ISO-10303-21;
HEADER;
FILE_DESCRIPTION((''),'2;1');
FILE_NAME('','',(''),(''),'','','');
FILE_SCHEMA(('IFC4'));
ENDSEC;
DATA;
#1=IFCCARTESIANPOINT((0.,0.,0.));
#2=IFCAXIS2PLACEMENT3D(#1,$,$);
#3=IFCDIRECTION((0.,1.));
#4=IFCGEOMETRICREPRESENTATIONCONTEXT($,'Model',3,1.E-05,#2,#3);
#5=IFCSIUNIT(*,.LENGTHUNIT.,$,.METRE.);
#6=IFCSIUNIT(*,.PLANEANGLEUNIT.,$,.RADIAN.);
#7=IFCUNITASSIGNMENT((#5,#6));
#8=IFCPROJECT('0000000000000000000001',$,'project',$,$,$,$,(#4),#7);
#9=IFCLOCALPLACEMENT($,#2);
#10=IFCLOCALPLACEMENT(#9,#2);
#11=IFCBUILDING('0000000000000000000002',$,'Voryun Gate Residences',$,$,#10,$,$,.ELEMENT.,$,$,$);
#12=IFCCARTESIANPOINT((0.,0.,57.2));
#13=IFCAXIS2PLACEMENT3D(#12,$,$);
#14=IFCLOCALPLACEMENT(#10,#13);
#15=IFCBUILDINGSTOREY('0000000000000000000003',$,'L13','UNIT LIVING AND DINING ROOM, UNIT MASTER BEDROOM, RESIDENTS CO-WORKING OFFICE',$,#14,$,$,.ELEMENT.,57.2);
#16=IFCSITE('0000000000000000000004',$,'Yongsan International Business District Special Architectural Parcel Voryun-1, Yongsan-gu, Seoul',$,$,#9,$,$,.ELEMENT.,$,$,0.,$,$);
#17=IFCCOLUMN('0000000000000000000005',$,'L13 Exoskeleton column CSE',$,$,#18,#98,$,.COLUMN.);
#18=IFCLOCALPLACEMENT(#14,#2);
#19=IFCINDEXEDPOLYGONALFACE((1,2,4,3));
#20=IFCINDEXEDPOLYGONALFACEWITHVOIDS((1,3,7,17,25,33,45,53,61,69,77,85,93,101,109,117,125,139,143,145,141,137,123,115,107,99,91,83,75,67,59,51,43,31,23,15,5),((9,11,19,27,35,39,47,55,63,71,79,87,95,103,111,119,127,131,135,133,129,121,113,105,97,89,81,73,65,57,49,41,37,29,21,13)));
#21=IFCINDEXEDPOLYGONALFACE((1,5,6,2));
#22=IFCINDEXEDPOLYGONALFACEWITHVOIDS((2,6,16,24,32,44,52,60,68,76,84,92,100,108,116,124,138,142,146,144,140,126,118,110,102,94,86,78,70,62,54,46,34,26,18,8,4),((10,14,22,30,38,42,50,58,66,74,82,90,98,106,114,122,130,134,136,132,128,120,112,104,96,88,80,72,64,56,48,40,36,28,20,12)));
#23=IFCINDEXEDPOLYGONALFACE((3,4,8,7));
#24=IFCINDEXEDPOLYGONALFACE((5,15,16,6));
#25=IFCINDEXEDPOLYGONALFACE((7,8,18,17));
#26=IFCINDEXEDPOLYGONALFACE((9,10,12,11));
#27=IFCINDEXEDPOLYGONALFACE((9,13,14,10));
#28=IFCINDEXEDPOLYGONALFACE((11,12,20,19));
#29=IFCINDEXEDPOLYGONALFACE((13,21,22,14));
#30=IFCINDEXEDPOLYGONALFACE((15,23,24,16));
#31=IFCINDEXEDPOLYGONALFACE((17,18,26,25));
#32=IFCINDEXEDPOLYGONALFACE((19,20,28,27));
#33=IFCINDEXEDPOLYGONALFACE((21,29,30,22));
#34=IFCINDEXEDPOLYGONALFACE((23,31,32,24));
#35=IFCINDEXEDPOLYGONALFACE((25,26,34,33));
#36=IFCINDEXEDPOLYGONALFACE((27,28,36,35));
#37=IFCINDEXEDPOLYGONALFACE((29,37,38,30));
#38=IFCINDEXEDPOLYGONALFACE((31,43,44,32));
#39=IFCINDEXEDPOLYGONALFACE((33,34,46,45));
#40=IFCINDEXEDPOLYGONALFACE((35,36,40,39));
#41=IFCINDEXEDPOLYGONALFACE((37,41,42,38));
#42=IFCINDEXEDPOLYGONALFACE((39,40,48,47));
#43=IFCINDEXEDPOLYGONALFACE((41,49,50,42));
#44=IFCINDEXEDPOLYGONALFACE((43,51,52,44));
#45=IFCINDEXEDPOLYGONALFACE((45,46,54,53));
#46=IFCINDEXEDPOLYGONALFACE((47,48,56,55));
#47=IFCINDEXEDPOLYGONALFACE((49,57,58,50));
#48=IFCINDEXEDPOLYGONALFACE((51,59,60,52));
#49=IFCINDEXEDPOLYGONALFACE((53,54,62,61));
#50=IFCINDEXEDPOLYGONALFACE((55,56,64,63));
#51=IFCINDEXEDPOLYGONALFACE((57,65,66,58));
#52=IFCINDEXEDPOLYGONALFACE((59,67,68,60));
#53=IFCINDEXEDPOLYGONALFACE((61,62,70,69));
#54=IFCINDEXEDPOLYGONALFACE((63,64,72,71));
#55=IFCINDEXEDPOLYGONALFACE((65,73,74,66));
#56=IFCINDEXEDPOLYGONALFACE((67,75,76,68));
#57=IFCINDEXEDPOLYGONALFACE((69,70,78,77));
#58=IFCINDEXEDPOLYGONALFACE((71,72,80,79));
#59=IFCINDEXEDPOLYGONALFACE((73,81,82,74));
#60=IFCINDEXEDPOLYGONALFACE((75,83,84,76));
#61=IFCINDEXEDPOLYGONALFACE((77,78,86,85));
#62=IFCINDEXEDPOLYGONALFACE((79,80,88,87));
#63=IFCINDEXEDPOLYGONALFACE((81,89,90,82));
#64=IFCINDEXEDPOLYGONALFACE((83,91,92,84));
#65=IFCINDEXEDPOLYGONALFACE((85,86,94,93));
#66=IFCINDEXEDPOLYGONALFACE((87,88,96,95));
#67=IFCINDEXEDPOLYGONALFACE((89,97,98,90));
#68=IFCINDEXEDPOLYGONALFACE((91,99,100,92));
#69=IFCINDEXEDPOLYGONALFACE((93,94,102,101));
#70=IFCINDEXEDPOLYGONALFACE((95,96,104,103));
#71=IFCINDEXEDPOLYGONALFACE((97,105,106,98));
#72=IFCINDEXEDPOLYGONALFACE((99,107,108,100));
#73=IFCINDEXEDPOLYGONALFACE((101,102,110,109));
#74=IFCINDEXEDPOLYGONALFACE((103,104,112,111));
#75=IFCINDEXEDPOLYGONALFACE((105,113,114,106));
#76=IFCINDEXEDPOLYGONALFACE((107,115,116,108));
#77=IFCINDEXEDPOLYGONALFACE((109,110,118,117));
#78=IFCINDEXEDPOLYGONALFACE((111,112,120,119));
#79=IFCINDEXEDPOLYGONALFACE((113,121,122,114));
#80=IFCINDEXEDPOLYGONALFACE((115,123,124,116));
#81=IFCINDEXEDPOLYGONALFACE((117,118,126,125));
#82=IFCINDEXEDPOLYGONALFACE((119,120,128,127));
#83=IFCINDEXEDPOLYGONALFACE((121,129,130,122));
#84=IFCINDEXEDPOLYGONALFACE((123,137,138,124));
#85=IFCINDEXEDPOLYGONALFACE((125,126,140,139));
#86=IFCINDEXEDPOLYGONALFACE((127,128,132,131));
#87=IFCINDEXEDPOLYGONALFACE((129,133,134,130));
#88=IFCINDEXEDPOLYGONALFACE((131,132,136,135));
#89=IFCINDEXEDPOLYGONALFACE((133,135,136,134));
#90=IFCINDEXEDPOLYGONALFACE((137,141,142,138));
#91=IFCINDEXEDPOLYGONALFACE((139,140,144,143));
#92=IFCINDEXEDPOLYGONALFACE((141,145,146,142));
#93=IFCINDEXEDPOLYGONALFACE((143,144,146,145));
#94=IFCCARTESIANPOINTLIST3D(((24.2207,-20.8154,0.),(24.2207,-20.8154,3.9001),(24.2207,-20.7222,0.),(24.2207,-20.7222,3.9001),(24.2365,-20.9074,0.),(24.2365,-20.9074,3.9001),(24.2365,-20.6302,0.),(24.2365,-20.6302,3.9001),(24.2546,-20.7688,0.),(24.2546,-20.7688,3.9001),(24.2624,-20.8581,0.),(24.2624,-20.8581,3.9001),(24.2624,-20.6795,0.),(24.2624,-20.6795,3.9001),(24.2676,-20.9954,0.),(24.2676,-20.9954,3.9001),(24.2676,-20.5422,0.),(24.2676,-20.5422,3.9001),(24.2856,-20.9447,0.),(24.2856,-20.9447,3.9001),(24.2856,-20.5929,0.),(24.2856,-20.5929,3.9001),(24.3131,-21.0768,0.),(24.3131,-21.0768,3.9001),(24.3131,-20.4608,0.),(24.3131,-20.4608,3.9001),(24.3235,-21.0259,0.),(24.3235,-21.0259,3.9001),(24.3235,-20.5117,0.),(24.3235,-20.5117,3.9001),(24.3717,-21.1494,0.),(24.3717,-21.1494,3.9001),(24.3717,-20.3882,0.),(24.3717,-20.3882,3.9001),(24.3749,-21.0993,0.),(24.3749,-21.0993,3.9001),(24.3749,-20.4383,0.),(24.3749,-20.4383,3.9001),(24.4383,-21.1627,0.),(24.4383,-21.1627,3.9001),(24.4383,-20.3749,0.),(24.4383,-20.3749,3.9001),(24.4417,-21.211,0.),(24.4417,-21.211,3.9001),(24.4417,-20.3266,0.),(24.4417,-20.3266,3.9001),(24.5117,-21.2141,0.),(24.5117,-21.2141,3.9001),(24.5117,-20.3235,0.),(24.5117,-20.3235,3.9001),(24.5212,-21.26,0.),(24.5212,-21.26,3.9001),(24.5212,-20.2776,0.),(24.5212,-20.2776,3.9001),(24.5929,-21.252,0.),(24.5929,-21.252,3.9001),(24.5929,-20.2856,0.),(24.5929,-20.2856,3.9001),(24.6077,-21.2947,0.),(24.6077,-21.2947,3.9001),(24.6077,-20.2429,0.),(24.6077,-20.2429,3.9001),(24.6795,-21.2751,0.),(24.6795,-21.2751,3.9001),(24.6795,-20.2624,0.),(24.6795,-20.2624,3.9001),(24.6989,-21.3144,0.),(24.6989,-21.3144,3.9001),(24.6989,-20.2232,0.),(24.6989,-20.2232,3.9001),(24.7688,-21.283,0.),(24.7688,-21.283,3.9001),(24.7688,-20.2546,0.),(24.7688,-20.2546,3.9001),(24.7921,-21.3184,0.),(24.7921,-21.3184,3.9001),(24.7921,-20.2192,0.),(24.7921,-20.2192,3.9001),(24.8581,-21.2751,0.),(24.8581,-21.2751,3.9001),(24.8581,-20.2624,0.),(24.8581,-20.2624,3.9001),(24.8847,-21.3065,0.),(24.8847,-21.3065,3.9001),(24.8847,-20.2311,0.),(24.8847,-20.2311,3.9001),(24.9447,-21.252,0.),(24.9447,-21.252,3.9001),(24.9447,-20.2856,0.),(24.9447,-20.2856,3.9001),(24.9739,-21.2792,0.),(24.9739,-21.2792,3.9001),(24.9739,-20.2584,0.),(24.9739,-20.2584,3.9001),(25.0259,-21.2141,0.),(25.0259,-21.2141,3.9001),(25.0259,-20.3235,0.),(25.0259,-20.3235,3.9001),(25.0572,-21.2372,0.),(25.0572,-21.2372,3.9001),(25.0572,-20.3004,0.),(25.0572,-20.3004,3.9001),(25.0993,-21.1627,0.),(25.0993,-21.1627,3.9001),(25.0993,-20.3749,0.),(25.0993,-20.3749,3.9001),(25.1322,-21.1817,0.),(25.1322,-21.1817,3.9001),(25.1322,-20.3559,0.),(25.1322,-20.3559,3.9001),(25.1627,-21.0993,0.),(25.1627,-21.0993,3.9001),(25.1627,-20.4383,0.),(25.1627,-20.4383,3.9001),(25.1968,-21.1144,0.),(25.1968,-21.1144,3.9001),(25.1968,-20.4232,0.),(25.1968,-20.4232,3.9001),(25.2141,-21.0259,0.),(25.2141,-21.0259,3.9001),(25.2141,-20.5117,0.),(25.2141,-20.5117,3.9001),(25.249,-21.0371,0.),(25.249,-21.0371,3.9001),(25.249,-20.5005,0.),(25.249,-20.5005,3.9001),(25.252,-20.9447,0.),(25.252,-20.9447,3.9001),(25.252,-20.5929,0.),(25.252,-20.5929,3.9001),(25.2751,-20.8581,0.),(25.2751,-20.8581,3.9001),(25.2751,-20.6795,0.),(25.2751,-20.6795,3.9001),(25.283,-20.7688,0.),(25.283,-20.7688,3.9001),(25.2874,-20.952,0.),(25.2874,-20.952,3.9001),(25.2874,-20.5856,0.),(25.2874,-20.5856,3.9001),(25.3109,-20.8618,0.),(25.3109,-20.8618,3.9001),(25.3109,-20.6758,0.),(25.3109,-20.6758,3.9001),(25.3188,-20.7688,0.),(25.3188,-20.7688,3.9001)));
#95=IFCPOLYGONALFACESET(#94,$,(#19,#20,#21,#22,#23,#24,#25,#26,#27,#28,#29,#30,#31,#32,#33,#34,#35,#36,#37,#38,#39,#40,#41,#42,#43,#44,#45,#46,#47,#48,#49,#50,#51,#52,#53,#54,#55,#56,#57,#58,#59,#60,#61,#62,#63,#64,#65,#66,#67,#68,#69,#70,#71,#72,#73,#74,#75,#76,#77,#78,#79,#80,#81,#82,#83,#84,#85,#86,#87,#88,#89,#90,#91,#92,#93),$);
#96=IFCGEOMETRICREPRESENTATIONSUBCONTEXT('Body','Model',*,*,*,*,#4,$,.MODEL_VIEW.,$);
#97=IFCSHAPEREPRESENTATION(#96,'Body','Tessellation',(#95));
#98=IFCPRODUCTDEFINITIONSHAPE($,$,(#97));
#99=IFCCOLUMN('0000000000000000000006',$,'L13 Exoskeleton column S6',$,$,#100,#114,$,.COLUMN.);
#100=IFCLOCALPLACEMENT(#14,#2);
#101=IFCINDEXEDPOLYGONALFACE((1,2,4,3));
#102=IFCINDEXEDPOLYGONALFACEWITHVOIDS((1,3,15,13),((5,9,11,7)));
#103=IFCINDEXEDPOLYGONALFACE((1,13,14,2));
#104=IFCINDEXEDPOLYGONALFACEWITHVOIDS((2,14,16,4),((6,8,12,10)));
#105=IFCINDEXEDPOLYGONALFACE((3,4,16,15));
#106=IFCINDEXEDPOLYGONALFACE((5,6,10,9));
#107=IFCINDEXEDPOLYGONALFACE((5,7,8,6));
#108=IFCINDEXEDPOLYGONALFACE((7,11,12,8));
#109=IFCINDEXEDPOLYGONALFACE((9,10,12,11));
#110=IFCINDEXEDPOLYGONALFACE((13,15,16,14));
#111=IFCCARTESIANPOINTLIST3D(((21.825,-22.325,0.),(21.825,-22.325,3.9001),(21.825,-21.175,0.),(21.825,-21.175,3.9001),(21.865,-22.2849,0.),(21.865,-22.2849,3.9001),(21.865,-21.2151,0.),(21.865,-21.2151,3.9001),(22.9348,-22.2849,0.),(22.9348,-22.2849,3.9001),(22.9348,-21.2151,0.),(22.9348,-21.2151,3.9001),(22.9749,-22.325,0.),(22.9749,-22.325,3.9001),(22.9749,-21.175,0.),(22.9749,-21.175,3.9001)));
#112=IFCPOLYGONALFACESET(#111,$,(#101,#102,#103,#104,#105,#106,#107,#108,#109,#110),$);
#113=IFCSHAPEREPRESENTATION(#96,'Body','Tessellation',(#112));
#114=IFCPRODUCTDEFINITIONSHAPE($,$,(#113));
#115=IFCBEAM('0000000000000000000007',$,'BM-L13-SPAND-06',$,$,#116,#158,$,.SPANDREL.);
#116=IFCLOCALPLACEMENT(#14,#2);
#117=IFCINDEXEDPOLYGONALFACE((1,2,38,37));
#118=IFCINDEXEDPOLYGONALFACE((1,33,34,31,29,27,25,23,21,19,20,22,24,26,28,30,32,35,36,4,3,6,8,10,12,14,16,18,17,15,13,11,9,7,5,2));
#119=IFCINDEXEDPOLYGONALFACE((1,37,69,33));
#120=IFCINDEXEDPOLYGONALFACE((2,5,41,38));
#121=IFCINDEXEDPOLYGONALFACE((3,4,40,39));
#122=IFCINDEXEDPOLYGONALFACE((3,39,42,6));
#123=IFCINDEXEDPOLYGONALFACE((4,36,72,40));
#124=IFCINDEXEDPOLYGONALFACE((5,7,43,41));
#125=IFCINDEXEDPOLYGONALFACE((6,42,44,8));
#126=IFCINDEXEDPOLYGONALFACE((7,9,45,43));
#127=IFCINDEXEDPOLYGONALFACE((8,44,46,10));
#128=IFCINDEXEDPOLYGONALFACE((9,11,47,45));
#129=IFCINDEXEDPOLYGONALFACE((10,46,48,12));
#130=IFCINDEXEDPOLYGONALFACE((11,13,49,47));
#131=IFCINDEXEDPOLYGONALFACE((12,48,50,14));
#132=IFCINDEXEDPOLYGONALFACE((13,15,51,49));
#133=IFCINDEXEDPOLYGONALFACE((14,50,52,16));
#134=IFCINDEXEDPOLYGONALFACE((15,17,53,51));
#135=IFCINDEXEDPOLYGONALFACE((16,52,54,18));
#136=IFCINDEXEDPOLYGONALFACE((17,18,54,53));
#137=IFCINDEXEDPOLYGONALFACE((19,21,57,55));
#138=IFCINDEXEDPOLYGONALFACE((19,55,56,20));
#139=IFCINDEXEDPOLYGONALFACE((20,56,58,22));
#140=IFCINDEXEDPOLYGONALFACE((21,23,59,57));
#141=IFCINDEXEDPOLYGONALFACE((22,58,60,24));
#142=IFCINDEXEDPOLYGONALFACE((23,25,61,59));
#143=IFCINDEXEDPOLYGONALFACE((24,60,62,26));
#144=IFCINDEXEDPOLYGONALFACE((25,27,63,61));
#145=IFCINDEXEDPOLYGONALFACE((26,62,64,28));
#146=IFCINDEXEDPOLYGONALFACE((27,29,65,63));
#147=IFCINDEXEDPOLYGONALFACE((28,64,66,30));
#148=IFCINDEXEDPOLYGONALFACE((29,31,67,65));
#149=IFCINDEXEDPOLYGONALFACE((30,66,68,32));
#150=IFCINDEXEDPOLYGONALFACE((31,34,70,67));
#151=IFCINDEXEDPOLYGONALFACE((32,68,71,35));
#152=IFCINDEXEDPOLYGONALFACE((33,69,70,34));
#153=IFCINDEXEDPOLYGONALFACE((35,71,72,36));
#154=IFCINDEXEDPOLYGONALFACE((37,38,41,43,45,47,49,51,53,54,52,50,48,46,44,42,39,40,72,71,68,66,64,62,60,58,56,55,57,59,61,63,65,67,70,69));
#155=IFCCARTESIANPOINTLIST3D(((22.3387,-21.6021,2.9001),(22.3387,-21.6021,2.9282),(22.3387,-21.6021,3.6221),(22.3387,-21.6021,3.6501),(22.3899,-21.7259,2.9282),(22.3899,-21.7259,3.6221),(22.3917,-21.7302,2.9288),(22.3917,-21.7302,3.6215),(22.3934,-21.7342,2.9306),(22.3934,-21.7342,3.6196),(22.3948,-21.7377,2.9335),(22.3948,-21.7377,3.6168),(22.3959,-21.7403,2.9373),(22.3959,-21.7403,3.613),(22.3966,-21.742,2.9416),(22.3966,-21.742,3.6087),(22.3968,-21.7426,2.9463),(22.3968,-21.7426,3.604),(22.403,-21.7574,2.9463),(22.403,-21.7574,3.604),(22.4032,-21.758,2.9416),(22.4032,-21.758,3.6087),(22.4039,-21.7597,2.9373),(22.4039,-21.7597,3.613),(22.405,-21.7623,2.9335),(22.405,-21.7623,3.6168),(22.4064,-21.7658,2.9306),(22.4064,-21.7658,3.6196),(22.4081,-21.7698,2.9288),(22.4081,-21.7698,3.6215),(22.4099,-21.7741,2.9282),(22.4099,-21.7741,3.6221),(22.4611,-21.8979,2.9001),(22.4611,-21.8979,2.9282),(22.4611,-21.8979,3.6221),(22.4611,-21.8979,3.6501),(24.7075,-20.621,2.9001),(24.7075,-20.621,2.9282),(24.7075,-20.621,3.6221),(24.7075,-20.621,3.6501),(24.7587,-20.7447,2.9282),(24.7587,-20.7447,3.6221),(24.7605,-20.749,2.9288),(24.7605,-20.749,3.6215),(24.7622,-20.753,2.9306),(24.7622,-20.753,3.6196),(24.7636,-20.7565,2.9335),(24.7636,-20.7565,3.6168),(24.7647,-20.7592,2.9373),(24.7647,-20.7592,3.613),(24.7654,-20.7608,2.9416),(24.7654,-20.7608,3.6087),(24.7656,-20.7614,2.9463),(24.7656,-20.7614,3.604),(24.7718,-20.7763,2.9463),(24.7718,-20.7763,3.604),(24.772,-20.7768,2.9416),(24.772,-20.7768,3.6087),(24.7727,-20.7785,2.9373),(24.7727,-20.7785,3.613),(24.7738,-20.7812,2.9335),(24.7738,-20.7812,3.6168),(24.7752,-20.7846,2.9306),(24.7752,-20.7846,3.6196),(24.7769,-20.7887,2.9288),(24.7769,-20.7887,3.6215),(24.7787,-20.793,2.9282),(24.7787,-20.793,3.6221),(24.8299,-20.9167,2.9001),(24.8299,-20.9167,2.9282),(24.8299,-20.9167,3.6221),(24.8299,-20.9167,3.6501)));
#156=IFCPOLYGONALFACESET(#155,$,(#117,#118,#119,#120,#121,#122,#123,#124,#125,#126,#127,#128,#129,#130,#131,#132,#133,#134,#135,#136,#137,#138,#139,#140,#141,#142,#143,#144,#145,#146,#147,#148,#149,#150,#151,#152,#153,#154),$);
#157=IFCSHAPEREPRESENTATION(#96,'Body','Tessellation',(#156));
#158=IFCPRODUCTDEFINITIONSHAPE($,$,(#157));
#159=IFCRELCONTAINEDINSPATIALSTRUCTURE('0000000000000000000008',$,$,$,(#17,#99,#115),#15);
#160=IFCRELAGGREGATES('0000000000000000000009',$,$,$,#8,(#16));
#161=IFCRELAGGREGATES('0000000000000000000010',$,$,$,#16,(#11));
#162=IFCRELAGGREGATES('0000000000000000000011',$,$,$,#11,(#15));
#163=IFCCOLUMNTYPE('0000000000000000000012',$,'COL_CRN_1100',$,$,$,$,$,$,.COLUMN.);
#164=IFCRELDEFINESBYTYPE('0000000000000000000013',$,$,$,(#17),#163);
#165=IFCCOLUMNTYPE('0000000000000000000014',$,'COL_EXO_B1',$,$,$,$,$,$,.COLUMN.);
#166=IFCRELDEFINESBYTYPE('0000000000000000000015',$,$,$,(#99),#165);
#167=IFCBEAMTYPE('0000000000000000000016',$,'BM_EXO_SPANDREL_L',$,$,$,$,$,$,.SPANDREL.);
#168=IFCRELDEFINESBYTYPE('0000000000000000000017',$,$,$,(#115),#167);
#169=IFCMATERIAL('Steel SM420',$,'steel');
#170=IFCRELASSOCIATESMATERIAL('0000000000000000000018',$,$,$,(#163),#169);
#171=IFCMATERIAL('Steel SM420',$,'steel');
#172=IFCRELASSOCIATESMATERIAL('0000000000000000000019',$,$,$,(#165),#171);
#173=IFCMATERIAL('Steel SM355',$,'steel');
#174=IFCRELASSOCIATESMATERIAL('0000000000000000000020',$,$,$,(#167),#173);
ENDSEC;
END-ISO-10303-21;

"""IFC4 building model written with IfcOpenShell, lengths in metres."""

from ifc_helpers import new_model, si_unit, direction, frame, origin, origin_2d, place, context, subcontext, project, spatial, hollow_rectangle, hollow_circle, i_section, extrude, material, material_profile, profile_set, type_object, element, save


model = new_model("IFC4")

# Units and contexts
model_context = context("Model", 3, precision=1e-05, world=origin(), true_north=direction((0.0, 1.0)))
body_context = subcontext(model_context, "Body", "Model", "MODEL_VIEW")
ifc_project = project(units=[si_unit("LENGTHUNIT", "METRE"), si_unit("PLANEANGLEUNIT", "RADIAN")], contexts=[model_context])

# Site, building, storey
site_placement = place(None, origin())
site = spatial("IfcSite", under=ifc_project, at=site_placement, Name="Yongsan International Business District Special Architectural Parcel Voryun-1, Yongsan-gu, Seoul", CompositionType="ELEMENT", RefElevation=0.0)
building_placement = place(site_placement, origin())
building = spatial("IfcBuilding", under=site, at=building_placement, Name="Voryun Gate Residences", CompositionType="ELEMENT")
storey_placement = place(building_placement, frame((0.0, 0.0, 57.2)))
storey = spatial("IfcBuildingStorey", under=building, at=storey_placement, Name="L13", Description="UNIT LIVING AND DINING ROOM, UNIT MASTER BEDROOM, RESIDENTS CO-WORKING OFFICE", CompositionType="ELEMENT", Elevation=57.2)

# Columns
ifc_material_1 = material(Name="Steel SM420", Category="steel")
ifc_material_profile_1 = material_profile(ifc_material_1, hollow_circle(Radius=0.55, WallThickness=0.0359, at=origin_2d()), Name="CHS-1100x36")
ifc_profile_set_1 = profile_set([ifc_material_profile_1], Name="Steel SM420")
column_type_1 = type_object("IfcColumnType", Name="COL_CRN_1100", PredefinedType="COLUMN", material=ifc_profile_set_1)
column_1_placement = place(storey_placement, frame((24.7688, -20.7688, 0.0), z_axis=(0.0, 0.0, 1.0), x_axis=(1.0, 0.0, 0.0)))
element("IfcColumn", 1, at=column_1_placement, inside=storey, type_object=column_type_1, Name="L13 Exoskeleton column CSE", PredefinedType="COLUMN", context=body_context, shape_type="SweptSolid", body=[
    extrude(hollow_circle(Radius=0.55, WallThickness=0.0359, at=origin_2d()), origin(), (0.0, 0.0, 1.0), 3.9001),
])
ifc_material_2 = material(Name="Steel SM420", Category="steel")
ifc_material_profile_2 = material_profile(ifc_material_2, hollow_rectangle(XDim=1.1499, YDim=1.1499, WallThickness=0.04, at=origin_2d()), Name="BOX-1150x1150x40")
ifc_profile_set_2 = profile_set([ifc_material_profile_2], Name="Steel SM420")
column_type_2 = type_object("IfcColumnType", Name="COL_EXO_B1", PredefinedType="COLUMN", material=ifc_profile_set_2)
column_2_placement = place(storey_placement, frame((22.3999, -21.75, 0.0), z_axis=(0.0, 0.0, 1.0), x_axis=(1.0, 0.0, 0.0)))
element("IfcColumn", 2, at=column_2_placement, inside=storey, type_object=column_type_2, Name="L13 Exoskeleton column S6", PredefinedType="COLUMN", context=body_context, shape_type="SweptSolid", body=[
    extrude(hollow_rectangle(XDim=1.1499, YDim=1.1499, WallThickness=0.04, at=origin_2d()), origin(), (0.0, 0.0, 1.0), 3.9001),
])

# Beam
ifc_material_3 = material(Name="Steel SM355", Category="steel")
ifc_material_profile_3 = material_profile(ifc_material_3, i_section(OverallWidth=0.3201, OverallDepth=0.75, WebThickness=0.0161, FlangeThickness=0.0281, FilletRadius=0.0181, at=origin_2d()), Name="H-750x320x16x28")
ifc_profile_set_3 = profile_set([ifc_material_profile_3], Name="Steel SM355")
beam_type = type_object("IfcBeamType", Name="BM_EXO_SPANDREL_L", PredefinedType="SPANDREL", material=ifc_profile_set_3)
beam_1_placement = place(storey_placement, frame((22.3999, -21.75, 3.2751), z_axis=(0.923883, 0.382674, 0.0), x_axis=(-0.382674, 0.923883, 0.0)))
element("IfcBeam", 3, at=beam_1_placement, inside=storey, type_object=beam_type, Name="BM-L13-SPAND-06", PredefinedType="SPANDREL", context=body_context, shape_type="SweptSolid", body=[
    extrude(i_section(OverallWidth=0.3201, OverallDepth=0.75, WebThickness=0.0161, FlangeThickness=0.0281, FilletRadius=0.0181, at=origin_2d()), origin(), (0.0, 0.0, 1.0), 2.564),
])

save(model, "model.ifc")
